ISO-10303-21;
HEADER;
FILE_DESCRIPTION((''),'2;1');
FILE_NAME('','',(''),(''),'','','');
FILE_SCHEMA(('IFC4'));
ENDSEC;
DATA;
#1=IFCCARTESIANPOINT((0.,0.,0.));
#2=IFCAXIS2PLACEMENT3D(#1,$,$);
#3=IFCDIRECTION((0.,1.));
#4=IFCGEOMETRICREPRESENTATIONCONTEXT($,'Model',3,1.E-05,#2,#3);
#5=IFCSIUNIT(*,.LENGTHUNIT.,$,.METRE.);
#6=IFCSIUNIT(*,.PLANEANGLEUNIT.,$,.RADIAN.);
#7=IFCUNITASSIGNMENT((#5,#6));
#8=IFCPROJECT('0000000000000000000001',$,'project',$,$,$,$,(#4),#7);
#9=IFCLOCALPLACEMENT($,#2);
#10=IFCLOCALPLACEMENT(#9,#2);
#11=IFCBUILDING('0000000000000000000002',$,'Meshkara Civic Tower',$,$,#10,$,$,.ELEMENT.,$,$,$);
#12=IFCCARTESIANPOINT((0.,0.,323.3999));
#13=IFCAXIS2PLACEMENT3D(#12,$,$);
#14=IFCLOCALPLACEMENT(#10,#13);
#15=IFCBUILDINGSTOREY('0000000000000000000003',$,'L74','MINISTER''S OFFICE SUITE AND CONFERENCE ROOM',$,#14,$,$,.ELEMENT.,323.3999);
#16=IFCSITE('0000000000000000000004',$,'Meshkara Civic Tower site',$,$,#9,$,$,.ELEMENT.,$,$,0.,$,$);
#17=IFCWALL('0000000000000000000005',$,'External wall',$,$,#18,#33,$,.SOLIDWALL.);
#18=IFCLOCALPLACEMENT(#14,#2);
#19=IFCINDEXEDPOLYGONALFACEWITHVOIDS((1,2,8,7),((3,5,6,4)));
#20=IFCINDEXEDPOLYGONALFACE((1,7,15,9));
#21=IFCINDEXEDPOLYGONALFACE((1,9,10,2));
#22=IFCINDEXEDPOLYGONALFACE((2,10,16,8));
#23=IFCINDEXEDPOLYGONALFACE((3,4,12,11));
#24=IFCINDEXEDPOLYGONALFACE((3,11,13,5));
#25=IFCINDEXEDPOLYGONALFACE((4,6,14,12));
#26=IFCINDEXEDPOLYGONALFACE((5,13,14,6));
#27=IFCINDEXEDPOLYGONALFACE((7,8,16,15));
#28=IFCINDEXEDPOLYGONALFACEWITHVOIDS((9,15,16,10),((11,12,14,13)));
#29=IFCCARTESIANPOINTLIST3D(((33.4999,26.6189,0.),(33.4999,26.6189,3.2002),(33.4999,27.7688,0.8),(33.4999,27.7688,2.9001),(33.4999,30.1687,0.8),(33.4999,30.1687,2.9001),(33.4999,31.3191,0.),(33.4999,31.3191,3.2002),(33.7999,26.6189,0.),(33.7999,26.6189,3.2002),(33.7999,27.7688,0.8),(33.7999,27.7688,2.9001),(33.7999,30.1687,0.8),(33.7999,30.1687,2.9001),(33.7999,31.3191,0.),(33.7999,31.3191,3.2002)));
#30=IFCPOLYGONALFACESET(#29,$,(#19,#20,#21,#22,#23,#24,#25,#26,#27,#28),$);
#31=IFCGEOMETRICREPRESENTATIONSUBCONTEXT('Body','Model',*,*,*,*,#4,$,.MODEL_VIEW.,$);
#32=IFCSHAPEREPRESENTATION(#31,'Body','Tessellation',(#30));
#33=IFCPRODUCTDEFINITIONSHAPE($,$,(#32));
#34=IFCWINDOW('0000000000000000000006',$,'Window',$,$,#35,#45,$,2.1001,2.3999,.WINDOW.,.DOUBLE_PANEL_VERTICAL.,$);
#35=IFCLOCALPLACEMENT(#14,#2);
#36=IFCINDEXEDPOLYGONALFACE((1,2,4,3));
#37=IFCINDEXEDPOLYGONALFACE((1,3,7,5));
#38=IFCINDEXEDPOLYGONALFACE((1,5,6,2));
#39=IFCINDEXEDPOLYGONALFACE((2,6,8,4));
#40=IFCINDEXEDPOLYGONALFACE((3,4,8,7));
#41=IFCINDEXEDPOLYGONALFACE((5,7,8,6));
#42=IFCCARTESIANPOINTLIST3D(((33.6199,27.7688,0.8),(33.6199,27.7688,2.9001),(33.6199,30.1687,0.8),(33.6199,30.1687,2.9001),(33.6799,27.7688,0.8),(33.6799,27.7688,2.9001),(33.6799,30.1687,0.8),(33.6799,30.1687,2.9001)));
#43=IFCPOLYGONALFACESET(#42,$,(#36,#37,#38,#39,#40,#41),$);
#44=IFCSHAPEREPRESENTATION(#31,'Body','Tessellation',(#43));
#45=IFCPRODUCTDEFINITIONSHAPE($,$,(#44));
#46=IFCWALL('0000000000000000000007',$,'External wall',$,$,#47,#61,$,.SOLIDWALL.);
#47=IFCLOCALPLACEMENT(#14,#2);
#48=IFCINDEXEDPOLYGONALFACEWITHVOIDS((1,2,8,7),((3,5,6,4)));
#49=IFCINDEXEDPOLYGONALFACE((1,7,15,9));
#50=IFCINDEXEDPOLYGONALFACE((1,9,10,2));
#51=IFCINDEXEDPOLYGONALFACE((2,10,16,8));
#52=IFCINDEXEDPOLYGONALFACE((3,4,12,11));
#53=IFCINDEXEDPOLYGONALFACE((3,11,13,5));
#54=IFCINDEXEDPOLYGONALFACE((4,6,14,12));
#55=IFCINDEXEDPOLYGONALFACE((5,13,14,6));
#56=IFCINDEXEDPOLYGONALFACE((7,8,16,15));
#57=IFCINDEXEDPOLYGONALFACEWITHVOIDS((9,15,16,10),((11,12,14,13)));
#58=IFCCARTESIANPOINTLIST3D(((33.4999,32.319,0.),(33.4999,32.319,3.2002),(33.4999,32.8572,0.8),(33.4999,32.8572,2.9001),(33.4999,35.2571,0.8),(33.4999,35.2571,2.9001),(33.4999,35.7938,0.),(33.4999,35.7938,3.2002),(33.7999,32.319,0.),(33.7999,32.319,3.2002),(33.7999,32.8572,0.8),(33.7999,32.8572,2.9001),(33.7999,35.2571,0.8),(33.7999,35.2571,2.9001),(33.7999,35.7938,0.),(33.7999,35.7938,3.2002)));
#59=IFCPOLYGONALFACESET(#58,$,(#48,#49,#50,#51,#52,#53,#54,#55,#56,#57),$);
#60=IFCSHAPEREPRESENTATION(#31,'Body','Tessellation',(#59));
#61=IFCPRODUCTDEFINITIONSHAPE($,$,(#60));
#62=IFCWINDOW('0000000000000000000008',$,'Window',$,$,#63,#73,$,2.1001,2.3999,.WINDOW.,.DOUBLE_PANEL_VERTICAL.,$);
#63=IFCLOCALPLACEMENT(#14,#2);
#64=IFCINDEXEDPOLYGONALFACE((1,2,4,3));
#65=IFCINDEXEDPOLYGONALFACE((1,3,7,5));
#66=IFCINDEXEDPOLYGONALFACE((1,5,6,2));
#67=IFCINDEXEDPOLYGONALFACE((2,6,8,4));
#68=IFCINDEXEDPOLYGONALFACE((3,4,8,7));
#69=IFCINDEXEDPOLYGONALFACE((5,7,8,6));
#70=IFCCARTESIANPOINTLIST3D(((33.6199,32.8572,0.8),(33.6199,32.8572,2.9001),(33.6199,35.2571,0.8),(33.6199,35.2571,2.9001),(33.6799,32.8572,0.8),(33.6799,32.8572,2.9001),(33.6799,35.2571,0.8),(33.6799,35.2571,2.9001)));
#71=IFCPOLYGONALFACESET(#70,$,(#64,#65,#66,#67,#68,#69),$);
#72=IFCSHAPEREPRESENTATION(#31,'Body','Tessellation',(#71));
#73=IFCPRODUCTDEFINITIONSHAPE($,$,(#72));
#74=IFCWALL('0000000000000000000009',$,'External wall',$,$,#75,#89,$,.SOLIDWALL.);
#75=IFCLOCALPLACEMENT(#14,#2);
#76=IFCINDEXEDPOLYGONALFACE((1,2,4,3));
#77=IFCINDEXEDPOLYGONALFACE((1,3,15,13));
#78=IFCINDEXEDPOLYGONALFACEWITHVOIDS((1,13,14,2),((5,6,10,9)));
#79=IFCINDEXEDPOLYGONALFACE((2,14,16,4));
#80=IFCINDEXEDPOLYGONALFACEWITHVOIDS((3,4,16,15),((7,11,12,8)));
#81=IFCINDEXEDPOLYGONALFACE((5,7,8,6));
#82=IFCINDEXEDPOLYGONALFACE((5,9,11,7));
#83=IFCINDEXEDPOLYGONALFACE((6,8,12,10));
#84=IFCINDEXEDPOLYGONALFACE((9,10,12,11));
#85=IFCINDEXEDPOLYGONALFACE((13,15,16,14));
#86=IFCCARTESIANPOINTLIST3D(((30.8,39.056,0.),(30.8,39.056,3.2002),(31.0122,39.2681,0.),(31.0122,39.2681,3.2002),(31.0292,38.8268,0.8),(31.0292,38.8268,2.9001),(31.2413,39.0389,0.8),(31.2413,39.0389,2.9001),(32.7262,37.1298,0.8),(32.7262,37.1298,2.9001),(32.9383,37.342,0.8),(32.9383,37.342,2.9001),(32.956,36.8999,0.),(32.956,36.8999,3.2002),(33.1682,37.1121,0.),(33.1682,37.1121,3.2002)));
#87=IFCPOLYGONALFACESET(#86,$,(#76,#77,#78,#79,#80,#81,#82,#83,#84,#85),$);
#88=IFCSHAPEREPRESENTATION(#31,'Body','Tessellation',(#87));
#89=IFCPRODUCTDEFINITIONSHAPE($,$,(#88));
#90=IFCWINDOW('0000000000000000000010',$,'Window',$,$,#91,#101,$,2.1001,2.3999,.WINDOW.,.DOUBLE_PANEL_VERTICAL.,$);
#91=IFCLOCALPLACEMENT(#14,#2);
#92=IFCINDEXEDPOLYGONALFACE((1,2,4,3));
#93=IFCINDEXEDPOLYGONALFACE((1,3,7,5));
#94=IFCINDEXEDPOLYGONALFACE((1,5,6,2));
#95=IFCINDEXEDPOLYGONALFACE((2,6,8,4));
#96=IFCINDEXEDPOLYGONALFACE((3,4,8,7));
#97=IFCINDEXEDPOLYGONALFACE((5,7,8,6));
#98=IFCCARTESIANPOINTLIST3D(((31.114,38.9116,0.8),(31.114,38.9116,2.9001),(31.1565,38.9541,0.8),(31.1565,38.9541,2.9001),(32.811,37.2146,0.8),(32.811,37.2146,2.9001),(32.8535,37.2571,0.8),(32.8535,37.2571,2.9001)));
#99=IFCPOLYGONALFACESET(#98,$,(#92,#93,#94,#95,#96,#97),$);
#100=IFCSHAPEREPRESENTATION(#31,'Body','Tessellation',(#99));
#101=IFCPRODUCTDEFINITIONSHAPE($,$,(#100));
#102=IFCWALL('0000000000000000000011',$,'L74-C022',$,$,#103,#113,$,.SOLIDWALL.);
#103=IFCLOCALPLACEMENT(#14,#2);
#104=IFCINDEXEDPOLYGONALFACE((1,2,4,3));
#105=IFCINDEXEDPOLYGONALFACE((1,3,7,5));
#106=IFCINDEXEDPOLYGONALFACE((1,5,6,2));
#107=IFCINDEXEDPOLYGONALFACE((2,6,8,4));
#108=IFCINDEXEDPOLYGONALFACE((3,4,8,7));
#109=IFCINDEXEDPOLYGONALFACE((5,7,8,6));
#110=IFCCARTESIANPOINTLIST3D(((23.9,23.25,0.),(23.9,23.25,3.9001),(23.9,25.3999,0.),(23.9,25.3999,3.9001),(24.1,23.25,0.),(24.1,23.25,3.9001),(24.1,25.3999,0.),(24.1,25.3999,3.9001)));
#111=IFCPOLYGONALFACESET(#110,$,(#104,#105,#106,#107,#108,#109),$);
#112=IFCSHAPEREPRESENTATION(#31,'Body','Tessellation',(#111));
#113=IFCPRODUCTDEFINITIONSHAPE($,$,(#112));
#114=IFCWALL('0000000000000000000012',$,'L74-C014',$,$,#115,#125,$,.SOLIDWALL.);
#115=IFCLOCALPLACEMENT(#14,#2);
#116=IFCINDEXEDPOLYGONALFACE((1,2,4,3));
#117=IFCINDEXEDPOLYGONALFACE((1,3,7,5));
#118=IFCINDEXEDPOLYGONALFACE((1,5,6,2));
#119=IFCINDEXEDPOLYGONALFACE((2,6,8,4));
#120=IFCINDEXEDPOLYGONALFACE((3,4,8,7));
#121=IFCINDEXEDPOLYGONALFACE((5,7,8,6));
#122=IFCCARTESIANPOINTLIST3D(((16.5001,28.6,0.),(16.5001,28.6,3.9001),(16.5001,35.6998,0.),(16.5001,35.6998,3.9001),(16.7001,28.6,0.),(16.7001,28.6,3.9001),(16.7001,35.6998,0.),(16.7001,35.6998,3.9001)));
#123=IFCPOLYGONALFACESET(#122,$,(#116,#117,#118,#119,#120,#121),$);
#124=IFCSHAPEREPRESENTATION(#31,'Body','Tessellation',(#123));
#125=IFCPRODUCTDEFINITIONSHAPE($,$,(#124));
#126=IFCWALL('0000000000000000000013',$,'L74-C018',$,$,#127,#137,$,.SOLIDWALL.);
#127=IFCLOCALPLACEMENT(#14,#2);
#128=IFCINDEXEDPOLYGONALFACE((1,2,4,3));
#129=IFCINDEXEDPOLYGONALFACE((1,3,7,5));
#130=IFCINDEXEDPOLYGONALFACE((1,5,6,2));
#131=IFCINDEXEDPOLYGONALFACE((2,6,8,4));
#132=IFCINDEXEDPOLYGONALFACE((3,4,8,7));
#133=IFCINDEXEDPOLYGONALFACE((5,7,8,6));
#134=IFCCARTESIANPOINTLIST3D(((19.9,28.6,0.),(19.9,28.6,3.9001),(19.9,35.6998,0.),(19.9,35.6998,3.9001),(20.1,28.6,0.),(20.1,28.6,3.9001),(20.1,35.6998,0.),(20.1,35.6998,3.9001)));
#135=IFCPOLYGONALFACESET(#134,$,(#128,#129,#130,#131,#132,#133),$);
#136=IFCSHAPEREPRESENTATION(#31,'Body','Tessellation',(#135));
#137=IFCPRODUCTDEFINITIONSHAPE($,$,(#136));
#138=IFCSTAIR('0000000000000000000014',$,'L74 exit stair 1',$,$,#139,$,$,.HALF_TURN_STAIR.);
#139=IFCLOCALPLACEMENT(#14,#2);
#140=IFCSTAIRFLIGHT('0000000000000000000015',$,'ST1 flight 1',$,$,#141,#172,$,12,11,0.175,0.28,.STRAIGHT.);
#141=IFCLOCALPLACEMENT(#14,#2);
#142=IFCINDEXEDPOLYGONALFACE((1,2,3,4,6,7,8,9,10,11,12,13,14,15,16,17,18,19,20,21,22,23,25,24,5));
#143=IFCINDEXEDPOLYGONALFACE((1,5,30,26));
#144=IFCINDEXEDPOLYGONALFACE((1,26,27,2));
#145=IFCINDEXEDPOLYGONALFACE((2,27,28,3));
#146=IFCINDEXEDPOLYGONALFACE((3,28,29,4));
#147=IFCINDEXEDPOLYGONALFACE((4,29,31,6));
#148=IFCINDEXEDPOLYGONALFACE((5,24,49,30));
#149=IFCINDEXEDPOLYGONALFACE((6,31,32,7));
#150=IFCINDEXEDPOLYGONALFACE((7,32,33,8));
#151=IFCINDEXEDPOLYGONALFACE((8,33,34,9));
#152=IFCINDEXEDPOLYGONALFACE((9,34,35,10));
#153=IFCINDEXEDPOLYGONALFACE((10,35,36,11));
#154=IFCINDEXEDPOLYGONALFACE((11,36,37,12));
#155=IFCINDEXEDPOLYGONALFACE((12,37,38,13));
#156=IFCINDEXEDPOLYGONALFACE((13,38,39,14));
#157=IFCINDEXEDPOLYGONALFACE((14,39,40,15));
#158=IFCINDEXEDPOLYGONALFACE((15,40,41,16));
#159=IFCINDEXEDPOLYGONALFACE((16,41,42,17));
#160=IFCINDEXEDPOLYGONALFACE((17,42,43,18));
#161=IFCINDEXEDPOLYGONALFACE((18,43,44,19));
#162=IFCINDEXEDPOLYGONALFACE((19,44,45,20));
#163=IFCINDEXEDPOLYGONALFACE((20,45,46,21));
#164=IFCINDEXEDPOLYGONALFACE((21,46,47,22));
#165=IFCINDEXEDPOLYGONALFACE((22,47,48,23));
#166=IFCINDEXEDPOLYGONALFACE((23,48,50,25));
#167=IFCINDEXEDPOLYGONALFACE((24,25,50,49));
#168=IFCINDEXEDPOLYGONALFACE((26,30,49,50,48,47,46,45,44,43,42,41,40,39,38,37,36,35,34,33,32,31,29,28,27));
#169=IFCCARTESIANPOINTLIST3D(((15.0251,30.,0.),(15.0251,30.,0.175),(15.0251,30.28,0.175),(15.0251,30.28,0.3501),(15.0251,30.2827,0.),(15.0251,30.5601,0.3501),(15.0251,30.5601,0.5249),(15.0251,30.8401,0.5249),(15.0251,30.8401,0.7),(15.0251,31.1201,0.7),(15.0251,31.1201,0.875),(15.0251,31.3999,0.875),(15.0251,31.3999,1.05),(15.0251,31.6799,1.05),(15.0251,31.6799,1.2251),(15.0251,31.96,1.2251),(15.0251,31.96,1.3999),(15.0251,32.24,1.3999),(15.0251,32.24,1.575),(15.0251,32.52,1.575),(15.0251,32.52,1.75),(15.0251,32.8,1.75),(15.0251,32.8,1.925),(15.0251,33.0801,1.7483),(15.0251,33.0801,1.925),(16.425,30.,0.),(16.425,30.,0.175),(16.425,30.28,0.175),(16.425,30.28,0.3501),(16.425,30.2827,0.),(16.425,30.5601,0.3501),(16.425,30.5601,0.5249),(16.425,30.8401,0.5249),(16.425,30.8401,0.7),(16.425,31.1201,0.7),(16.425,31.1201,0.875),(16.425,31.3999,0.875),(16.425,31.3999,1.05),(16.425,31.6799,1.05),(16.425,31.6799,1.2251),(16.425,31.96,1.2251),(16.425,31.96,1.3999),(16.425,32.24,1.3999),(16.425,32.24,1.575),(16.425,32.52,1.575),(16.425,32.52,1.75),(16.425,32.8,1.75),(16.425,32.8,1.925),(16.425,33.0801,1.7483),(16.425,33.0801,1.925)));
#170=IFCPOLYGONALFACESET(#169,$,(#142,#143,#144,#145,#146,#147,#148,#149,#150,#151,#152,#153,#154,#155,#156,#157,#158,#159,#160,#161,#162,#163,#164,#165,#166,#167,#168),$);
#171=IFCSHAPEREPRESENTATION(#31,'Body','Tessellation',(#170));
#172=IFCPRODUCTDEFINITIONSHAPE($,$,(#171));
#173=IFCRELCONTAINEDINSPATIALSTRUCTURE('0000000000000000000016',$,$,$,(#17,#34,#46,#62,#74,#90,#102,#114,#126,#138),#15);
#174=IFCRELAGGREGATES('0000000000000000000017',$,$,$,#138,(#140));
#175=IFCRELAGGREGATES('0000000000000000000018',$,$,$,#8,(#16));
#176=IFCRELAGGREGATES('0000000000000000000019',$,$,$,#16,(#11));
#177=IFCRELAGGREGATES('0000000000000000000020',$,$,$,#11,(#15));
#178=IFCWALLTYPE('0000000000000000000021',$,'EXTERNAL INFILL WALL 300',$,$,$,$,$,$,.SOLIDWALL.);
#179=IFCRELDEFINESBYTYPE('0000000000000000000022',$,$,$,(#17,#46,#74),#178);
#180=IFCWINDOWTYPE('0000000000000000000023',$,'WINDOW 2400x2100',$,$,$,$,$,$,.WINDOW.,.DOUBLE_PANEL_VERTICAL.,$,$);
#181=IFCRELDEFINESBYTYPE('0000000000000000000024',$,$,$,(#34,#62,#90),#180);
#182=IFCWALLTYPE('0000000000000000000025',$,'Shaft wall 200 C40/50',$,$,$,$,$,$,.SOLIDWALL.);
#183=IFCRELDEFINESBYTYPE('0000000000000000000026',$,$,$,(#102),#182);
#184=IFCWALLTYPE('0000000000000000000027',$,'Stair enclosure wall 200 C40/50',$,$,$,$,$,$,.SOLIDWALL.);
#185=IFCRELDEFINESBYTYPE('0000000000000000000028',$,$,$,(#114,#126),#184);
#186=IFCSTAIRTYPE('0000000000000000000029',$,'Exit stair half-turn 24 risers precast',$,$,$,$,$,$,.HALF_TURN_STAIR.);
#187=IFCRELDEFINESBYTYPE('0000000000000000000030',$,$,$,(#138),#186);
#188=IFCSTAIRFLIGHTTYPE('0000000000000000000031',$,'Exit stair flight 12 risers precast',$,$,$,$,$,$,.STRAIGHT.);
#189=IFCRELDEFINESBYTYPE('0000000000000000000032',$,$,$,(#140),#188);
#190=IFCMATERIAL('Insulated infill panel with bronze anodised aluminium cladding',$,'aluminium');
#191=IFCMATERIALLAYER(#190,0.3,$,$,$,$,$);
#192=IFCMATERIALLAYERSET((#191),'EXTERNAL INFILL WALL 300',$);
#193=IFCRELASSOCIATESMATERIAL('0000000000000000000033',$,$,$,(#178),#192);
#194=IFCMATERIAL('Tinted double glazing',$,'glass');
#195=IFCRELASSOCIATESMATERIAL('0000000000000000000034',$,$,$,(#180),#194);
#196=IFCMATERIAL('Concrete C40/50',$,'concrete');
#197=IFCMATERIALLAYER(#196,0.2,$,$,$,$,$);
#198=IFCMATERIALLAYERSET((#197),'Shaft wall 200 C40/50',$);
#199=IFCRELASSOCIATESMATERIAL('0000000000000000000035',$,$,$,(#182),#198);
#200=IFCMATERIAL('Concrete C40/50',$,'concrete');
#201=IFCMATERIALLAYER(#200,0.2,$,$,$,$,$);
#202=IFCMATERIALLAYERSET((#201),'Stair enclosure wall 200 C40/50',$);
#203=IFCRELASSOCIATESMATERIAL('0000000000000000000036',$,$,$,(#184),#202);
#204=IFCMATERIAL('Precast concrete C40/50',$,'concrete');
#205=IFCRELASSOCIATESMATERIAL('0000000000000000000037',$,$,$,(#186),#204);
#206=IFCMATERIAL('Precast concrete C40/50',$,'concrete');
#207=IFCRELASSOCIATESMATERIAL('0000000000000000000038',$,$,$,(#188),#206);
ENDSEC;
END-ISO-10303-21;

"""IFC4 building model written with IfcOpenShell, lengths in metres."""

from ifc_helpers import new_model, si_unit, direction, frame, frame_2d, origin, place, context, subcontext, project, spatial, polyline, rectangle, outline, extrude, material, layer, layer_set, type_object, element, fill, aggregate, save


model = new_model("IFC4")

# Units and contexts
model_context = context("Model", 3, precision=1e-05, world=origin(), true_north=direction((0.0, 1.0)))
body_context = subcontext(model_context, "Body", "Model", "MODEL_VIEW")
ifc_project = project(units=[si_unit("LENGTHUNIT", "METRE"), si_unit("PLANEANGLEUNIT", "RADIAN")], contexts=[model_context])

# Site, building, storey
site_placement = place(None, origin())
site = spatial("IfcSite", under=ifc_project, at=site_placement, Name="Meshkara Civic Tower site", CompositionType="ELEMENT", RefElevation=0.0)
building_placement = place(site_placement, origin())
building = spatial("IfcBuilding", under=site, at=building_placement, Name="Meshkara Civic Tower", CompositionType="ELEMENT")
storey_placement = place(building_placement, frame((0.0, 0.0, 323.3999)))
storey = spatial("IfcBuildingStorey", under=building, at=storey_placement, Name="L74", Description="MINISTER'S OFFICE SUITE AND CONFERENCE ROOM", CompositionType="ELEMENT", Elevation=323.3999)

# Walls, openings, windows
ifc_material_1 = material(Name="Insulated infill panel with bronze anodised aluminium cladding", Category="aluminium")
ifc_layer_1 = layer(ifc_material_1, 0.3)
ifc_layer_set_1 = layer_set([ifc_layer_1], Name="EXTERNAL INFILL WALL 300")
wall_type_1 = type_object("IfcWallType", Name="EXTERNAL INFILL WALL 300", PredefinedType="SOLIDWALL", material=ifc_layer_set_1)
wall_1_placement = place(storey_placement, frame((33.6499, 26.6189, 0.0), z_axis=(0.0, 0.0, 1.0), x_axis=(0.0, 1.0, 0.0)))
wall_1 = element("IfcWall", 1, at=wall_1_placement, inside=storey, type_object=wall_type_1, Name="External wall", PredefinedType="SOLIDWALL", context=body_context, shape_type="SweptSolid", body=[
    extrude(rectangle(XDim=4.7002, YDim=0.3, at=frame_2d((2.3501, 0.0))), origin(), (0.0, 0.0, 1.0), 3.2002),
])
opening_1_placement = place(wall_1_placement, frame((1.1499, 0.0, 0.8)))
opening_1 = element("IfcOpeningElement", 2, at=opening_1_placement, cuts=wall_1, PredefinedType="OPENING", context=body_context, shape_type="SweptSolid", body=[
    extrude(rectangle(XDim=2.3999, YDim=2.1001, at=frame_2d((1.2, 1.05))), frame((0.0, 0.1599, 0.0), z_axis=(0.0, -1.0, 0.0), x_axis=(1.0, 0.0, 0.0)), (0.0, 0.0, 1.0), 0.3201),
])
ifc_material_2 = material(Name="Tinted double glazing", Category="glass")
window_type = type_object("IfcWindowType", Name="WINDOW 2400x2100", PartitioningType="DOUBLE_PANEL_VERTICAL", PredefinedType="WINDOW", material=ifc_material_2)
window_1_placement = place(opening_1_placement, origin())
window_1 = element("IfcWindow", 3, at=window_1_placement, inside=storey, type_object=window_type, Name="Window", OverallHeight=2.1001, OverallWidth=2.3999, PartitioningType="DOUBLE_PANEL_VERTICAL", PredefinedType="WINDOW", context=body_context, shape_type="SweptSolid", body=[
    extrude(rectangle(XDim=2.3999, YDim=2.1001, at=frame_2d((1.2, 1.05))), frame((0.0, 0.03, 0.0), z_axis=(0.0, -1.0, 0.0), x_axis=(1.0, 0.0, 0.0)), (0.0, 0.0, 1.0), 0.0601),
])
fill(opening_1, window_1)
wall_2_placement = place(storey_placement, frame((33.6499, 32.3191, 0.0), z_axis=(0.0, 0.0, 1.0), x_axis=(0.0, 1.0, 0.0)))
wall_2 = element("IfcWall", 4, at=wall_2_placement, inside=storey, type_object=wall_type_1, Name="External wall", PredefinedType="SOLIDWALL", context=body_context, shape_type="SweptSolid", body=[
    extrude(rectangle(XDim=3.4749, YDim=0.3, at=frame_2d((1.7373, 0.0))), origin(), (0.0, 0.0, 1.0), 3.2002),
])
opening_2_placement = place(wall_2_placement, frame((0.5381, 0.0, 0.8)))
opening_2 = element("IfcOpeningElement", 5, at=opening_2_placement, cuts=wall_2, PredefinedType="OPENING", context=body_context, shape_type="SweptSolid", body=[
    extrude(rectangle(XDim=2.3999, YDim=2.1001, at=frame_2d((1.2, 1.05))), frame((0.0, 0.1599, 0.0), z_axis=(0.0, -1.0, 0.0), x_axis=(1.0, 0.0, 0.0)), (0.0, 0.0, 1.0), 0.3201),
])
window_2_placement = place(opening_2_placement, origin())
window_2 = element("IfcWindow", 6, at=window_2_placement, inside=storey, type_object=window_type, Name="Window", OverallHeight=2.1001, OverallWidth=2.3999, PartitioningType="DOUBLE_PANEL_VERTICAL", PredefinedType="WINDOW", context=body_context, shape_type="SweptSolid", body=[
    extrude(rectangle(XDim=2.3999, YDim=2.1001, at=frame_2d((1.2, 1.05))), frame((0.0, 0.03, 0.0), z_axis=(0.0, -1.0, 0.0), x_axis=(1.0, 0.0, 0.0)), (0.0, 0.0, 1.0), 0.0601),
])
fill(opening_2, window_2)
wall_3_placement = place(storey_placement, frame((33.062, 37.0061, 0.0), z_axis=(0.0, 0.0, 1.0), x_axis=(-0.707107, 0.707107, 0.0)))
wall_3 = element("IfcWall", 7, at=wall_3_placement, inside=storey, type_object=wall_type_1, Name="External wall", PredefinedType="SOLIDWALL", context=body_context, shape_type="SweptSolid", body=[
    extrude(rectangle(XDim=3.0491, YDim=0.3, at=frame_2d((1.5244, 0.0))), origin(), (0.0, 0.0, 1.0), 3.2002),
])
opening_3_placement = place(wall_3_placement, frame((0.325, 0.0, 0.8)))
opening_3 = element("IfcOpeningElement", 8, at=opening_3_placement, cuts=wall_3, PredefinedType="OPENING", context=body_context, shape_type="SweptSolid", body=[
    extrude(rectangle(XDim=2.3999, YDim=2.1001, at=frame_2d((1.2, 1.05))), frame((0.0, 0.1599, 0.0), z_axis=(0.0, -1.0, 0.0), x_axis=(1.0, 0.0, 0.0)), (0.0, 0.0, 1.0), 0.3201),
])
window_3_placement = place(opening_3_placement, origin())
window_3 = element("IfcWindow", 9, at=window_3_placement, inside=storey, type_object=window_type, Name="Window", OverallHeight=2.1001, OverallWidth=2.3999, PartitioningType="DOUBLE_PANEL_VERTICAL", PredefinedType="WINDOW", context=body_context, shape_type="SweptSolid", body=[
    extrude(rectangle(XDim=2.3999, YDim=2.1001, at=frame_2d((1.2, 1.05))), frame((0.0, 0.03, 0.0), z_axis=(0.0, -1.0, 0.0), x_axis=(1.0, 0.0, 0.0)), (0.0, 0.0, 1.0), 0.0601),
])
fill(opening_3, window_3)

# Walls
ifc_material_3 = material(Name="Concrete C40/50", Category="concrete")
ifc_layer_2 = layer(ifc_material_3, 0.2)
ifc_layer_set_2 = layer_set([ifc_layer_2], Name="Shaft wall 200 C40/50")
wall_type_2 = type_object("IfcWallType", Name="Shaft wall 200 C40/50", PredefinedType="SOLIDWALL", material=ifc_layer_set_2)
wall_4_placement = place(storey_placement, frame((24.0, 23.25, 0.0), z_axis=(0.0, 0.0, 1.0), x_axis=(0.0, 1.0, 0.0)))
element("IfcWall", 10, at=wall_4_placement, inside=storey, type_object=wall_type_2, Name="L74-C022", PredefinedType="SOLIDWALL", context=body_context, shape_type="SweptSolid", body=[
    extrude(rectangle(XDim=2.1499, YDim=0.2, at=frame_2d((1.075, 0.0))), origin(), (0.0, 0.0, 1.0), 3.9001),
])
ifc_material_4 = material(Name="Concrete C40/50", Category="concrete")
ifc_layer_3 = layer(ifc_material_4, 0.2)
ifc_layer_set_3 = layer_set([ifc_layer_3], Name="Stair enclosure wall 200 C40/50")
wall_type_3 = type_object("IfcWallType", Name="Stair enclosure wall 200 C40/50", PredefinedType="SOLIDWALL", material=ifc_layer_set_3)
for number, where, z_axis, x_axis, name in (
    (11, (16.6001, 28.6001, 0.0), (0.0, 0.0, 1.0), (0.0, 1.0, 0.0), "L74-C014"),
    (12, (20.0, 28.6001, 0.0), (0.0, 0.0, 1.0), (0.0, 1.0, 0.0), "L74-C018"),
):
    element("IfcWall", number, at=place(storey_placement, frame(where, z_axis=z_axis, x_axis=x_axis)), inside=storey, type_object=wall_type_3, Name=name, PredefinedType="SOLIDWALL", context=body_context, shape_type="SweptSolid", body=[
        extrude(rectangle(XDim=7.0999, YDim=0.2, at=frame_2d((3.5498, 0.0))), origin(), (0.0, 0.0, 1.0), 3.9001),
    ])

# Stair, stair flight
ifc_material_5 = material(Name="Precast concrete C40/50", Category="concrete")
stair_type = type_object("IfcStairType", Name="Exit stair half-turn 24 risers precast", PredefinedType="HALF_TURN_STAIR", material=ifc_material_5)
stair_1_placement = place(storey_placement, origin())
stair_1 = element("IfcStair", 13, at=stair_1_placement, inside=storey, type_object=stair_type, Name="L74 exit stair 1", PredefinedType="HALF_TURN_STAIR")
ifc_material_6 = material(Name="Precast concrete C40/50", Category="concrete")
stair_flight_type = type_object("IfcStairFlightType", Name="Exit stair flight 12 risers precast", PredefinedType="STRAIGHT", material=ifc_material_6)
stair_flight_1_placement = place(storey_placement, frame((15.7251, 30.0, 0.0), z_axis=(0.0, 0.0, 1.0), x_axis=(0.0, 1.0, 0.0)))
stair_flight_1 = element("IfcStairFlight", 14, at=stair_flight_1_placement, type_object=stair_flight_type, Name="ST1 flight 1", NumberOfRisers=12, NumberOfTreads=11, PredefinedType="STRAIGHT", RiserHeight=0.175, TreadLength=0.28, context=body_context, shape_type="SweptSolid", body=[
    extrude(outline(polyline([(0.0, 0.0), (0.0, 0.175), (0.28, 0.175), (0.28, 0.3501), (0.5601, 0.3501), (0.5601, 0.5249), (0.8401, 0.5249), (0.8401, 0.7), (1.1201, 0.7), (1.1201, 0.875), (1.3999, 0.875), (1.3999, 1.05), (1.6799, 1.05), (1.6799, 1.2251), (1.96, 1.2251), (1.96, 1.3999), (2.24, 1.3999), (2.24, 1.575), (2.52, 1.575), (2.52, 1.75), (2.8, 1.75), (2.8, 1.925), (3.0801, 1.925), (3.0801, 2.1001), (3.0801, 1.7483), (0.2827, 0.0), (0.0, 0.0)])), frame((0.0, 0.7, 0.0), z_axis=(0.0, -1.0, 0.0), x_axis=(1.0, 0.0, 0.0)), (0.0, 0.0, 1.0), 1.3999),
])
aggregate(stair_1, [stair_flight_1])

save(model, "model.ifc")
